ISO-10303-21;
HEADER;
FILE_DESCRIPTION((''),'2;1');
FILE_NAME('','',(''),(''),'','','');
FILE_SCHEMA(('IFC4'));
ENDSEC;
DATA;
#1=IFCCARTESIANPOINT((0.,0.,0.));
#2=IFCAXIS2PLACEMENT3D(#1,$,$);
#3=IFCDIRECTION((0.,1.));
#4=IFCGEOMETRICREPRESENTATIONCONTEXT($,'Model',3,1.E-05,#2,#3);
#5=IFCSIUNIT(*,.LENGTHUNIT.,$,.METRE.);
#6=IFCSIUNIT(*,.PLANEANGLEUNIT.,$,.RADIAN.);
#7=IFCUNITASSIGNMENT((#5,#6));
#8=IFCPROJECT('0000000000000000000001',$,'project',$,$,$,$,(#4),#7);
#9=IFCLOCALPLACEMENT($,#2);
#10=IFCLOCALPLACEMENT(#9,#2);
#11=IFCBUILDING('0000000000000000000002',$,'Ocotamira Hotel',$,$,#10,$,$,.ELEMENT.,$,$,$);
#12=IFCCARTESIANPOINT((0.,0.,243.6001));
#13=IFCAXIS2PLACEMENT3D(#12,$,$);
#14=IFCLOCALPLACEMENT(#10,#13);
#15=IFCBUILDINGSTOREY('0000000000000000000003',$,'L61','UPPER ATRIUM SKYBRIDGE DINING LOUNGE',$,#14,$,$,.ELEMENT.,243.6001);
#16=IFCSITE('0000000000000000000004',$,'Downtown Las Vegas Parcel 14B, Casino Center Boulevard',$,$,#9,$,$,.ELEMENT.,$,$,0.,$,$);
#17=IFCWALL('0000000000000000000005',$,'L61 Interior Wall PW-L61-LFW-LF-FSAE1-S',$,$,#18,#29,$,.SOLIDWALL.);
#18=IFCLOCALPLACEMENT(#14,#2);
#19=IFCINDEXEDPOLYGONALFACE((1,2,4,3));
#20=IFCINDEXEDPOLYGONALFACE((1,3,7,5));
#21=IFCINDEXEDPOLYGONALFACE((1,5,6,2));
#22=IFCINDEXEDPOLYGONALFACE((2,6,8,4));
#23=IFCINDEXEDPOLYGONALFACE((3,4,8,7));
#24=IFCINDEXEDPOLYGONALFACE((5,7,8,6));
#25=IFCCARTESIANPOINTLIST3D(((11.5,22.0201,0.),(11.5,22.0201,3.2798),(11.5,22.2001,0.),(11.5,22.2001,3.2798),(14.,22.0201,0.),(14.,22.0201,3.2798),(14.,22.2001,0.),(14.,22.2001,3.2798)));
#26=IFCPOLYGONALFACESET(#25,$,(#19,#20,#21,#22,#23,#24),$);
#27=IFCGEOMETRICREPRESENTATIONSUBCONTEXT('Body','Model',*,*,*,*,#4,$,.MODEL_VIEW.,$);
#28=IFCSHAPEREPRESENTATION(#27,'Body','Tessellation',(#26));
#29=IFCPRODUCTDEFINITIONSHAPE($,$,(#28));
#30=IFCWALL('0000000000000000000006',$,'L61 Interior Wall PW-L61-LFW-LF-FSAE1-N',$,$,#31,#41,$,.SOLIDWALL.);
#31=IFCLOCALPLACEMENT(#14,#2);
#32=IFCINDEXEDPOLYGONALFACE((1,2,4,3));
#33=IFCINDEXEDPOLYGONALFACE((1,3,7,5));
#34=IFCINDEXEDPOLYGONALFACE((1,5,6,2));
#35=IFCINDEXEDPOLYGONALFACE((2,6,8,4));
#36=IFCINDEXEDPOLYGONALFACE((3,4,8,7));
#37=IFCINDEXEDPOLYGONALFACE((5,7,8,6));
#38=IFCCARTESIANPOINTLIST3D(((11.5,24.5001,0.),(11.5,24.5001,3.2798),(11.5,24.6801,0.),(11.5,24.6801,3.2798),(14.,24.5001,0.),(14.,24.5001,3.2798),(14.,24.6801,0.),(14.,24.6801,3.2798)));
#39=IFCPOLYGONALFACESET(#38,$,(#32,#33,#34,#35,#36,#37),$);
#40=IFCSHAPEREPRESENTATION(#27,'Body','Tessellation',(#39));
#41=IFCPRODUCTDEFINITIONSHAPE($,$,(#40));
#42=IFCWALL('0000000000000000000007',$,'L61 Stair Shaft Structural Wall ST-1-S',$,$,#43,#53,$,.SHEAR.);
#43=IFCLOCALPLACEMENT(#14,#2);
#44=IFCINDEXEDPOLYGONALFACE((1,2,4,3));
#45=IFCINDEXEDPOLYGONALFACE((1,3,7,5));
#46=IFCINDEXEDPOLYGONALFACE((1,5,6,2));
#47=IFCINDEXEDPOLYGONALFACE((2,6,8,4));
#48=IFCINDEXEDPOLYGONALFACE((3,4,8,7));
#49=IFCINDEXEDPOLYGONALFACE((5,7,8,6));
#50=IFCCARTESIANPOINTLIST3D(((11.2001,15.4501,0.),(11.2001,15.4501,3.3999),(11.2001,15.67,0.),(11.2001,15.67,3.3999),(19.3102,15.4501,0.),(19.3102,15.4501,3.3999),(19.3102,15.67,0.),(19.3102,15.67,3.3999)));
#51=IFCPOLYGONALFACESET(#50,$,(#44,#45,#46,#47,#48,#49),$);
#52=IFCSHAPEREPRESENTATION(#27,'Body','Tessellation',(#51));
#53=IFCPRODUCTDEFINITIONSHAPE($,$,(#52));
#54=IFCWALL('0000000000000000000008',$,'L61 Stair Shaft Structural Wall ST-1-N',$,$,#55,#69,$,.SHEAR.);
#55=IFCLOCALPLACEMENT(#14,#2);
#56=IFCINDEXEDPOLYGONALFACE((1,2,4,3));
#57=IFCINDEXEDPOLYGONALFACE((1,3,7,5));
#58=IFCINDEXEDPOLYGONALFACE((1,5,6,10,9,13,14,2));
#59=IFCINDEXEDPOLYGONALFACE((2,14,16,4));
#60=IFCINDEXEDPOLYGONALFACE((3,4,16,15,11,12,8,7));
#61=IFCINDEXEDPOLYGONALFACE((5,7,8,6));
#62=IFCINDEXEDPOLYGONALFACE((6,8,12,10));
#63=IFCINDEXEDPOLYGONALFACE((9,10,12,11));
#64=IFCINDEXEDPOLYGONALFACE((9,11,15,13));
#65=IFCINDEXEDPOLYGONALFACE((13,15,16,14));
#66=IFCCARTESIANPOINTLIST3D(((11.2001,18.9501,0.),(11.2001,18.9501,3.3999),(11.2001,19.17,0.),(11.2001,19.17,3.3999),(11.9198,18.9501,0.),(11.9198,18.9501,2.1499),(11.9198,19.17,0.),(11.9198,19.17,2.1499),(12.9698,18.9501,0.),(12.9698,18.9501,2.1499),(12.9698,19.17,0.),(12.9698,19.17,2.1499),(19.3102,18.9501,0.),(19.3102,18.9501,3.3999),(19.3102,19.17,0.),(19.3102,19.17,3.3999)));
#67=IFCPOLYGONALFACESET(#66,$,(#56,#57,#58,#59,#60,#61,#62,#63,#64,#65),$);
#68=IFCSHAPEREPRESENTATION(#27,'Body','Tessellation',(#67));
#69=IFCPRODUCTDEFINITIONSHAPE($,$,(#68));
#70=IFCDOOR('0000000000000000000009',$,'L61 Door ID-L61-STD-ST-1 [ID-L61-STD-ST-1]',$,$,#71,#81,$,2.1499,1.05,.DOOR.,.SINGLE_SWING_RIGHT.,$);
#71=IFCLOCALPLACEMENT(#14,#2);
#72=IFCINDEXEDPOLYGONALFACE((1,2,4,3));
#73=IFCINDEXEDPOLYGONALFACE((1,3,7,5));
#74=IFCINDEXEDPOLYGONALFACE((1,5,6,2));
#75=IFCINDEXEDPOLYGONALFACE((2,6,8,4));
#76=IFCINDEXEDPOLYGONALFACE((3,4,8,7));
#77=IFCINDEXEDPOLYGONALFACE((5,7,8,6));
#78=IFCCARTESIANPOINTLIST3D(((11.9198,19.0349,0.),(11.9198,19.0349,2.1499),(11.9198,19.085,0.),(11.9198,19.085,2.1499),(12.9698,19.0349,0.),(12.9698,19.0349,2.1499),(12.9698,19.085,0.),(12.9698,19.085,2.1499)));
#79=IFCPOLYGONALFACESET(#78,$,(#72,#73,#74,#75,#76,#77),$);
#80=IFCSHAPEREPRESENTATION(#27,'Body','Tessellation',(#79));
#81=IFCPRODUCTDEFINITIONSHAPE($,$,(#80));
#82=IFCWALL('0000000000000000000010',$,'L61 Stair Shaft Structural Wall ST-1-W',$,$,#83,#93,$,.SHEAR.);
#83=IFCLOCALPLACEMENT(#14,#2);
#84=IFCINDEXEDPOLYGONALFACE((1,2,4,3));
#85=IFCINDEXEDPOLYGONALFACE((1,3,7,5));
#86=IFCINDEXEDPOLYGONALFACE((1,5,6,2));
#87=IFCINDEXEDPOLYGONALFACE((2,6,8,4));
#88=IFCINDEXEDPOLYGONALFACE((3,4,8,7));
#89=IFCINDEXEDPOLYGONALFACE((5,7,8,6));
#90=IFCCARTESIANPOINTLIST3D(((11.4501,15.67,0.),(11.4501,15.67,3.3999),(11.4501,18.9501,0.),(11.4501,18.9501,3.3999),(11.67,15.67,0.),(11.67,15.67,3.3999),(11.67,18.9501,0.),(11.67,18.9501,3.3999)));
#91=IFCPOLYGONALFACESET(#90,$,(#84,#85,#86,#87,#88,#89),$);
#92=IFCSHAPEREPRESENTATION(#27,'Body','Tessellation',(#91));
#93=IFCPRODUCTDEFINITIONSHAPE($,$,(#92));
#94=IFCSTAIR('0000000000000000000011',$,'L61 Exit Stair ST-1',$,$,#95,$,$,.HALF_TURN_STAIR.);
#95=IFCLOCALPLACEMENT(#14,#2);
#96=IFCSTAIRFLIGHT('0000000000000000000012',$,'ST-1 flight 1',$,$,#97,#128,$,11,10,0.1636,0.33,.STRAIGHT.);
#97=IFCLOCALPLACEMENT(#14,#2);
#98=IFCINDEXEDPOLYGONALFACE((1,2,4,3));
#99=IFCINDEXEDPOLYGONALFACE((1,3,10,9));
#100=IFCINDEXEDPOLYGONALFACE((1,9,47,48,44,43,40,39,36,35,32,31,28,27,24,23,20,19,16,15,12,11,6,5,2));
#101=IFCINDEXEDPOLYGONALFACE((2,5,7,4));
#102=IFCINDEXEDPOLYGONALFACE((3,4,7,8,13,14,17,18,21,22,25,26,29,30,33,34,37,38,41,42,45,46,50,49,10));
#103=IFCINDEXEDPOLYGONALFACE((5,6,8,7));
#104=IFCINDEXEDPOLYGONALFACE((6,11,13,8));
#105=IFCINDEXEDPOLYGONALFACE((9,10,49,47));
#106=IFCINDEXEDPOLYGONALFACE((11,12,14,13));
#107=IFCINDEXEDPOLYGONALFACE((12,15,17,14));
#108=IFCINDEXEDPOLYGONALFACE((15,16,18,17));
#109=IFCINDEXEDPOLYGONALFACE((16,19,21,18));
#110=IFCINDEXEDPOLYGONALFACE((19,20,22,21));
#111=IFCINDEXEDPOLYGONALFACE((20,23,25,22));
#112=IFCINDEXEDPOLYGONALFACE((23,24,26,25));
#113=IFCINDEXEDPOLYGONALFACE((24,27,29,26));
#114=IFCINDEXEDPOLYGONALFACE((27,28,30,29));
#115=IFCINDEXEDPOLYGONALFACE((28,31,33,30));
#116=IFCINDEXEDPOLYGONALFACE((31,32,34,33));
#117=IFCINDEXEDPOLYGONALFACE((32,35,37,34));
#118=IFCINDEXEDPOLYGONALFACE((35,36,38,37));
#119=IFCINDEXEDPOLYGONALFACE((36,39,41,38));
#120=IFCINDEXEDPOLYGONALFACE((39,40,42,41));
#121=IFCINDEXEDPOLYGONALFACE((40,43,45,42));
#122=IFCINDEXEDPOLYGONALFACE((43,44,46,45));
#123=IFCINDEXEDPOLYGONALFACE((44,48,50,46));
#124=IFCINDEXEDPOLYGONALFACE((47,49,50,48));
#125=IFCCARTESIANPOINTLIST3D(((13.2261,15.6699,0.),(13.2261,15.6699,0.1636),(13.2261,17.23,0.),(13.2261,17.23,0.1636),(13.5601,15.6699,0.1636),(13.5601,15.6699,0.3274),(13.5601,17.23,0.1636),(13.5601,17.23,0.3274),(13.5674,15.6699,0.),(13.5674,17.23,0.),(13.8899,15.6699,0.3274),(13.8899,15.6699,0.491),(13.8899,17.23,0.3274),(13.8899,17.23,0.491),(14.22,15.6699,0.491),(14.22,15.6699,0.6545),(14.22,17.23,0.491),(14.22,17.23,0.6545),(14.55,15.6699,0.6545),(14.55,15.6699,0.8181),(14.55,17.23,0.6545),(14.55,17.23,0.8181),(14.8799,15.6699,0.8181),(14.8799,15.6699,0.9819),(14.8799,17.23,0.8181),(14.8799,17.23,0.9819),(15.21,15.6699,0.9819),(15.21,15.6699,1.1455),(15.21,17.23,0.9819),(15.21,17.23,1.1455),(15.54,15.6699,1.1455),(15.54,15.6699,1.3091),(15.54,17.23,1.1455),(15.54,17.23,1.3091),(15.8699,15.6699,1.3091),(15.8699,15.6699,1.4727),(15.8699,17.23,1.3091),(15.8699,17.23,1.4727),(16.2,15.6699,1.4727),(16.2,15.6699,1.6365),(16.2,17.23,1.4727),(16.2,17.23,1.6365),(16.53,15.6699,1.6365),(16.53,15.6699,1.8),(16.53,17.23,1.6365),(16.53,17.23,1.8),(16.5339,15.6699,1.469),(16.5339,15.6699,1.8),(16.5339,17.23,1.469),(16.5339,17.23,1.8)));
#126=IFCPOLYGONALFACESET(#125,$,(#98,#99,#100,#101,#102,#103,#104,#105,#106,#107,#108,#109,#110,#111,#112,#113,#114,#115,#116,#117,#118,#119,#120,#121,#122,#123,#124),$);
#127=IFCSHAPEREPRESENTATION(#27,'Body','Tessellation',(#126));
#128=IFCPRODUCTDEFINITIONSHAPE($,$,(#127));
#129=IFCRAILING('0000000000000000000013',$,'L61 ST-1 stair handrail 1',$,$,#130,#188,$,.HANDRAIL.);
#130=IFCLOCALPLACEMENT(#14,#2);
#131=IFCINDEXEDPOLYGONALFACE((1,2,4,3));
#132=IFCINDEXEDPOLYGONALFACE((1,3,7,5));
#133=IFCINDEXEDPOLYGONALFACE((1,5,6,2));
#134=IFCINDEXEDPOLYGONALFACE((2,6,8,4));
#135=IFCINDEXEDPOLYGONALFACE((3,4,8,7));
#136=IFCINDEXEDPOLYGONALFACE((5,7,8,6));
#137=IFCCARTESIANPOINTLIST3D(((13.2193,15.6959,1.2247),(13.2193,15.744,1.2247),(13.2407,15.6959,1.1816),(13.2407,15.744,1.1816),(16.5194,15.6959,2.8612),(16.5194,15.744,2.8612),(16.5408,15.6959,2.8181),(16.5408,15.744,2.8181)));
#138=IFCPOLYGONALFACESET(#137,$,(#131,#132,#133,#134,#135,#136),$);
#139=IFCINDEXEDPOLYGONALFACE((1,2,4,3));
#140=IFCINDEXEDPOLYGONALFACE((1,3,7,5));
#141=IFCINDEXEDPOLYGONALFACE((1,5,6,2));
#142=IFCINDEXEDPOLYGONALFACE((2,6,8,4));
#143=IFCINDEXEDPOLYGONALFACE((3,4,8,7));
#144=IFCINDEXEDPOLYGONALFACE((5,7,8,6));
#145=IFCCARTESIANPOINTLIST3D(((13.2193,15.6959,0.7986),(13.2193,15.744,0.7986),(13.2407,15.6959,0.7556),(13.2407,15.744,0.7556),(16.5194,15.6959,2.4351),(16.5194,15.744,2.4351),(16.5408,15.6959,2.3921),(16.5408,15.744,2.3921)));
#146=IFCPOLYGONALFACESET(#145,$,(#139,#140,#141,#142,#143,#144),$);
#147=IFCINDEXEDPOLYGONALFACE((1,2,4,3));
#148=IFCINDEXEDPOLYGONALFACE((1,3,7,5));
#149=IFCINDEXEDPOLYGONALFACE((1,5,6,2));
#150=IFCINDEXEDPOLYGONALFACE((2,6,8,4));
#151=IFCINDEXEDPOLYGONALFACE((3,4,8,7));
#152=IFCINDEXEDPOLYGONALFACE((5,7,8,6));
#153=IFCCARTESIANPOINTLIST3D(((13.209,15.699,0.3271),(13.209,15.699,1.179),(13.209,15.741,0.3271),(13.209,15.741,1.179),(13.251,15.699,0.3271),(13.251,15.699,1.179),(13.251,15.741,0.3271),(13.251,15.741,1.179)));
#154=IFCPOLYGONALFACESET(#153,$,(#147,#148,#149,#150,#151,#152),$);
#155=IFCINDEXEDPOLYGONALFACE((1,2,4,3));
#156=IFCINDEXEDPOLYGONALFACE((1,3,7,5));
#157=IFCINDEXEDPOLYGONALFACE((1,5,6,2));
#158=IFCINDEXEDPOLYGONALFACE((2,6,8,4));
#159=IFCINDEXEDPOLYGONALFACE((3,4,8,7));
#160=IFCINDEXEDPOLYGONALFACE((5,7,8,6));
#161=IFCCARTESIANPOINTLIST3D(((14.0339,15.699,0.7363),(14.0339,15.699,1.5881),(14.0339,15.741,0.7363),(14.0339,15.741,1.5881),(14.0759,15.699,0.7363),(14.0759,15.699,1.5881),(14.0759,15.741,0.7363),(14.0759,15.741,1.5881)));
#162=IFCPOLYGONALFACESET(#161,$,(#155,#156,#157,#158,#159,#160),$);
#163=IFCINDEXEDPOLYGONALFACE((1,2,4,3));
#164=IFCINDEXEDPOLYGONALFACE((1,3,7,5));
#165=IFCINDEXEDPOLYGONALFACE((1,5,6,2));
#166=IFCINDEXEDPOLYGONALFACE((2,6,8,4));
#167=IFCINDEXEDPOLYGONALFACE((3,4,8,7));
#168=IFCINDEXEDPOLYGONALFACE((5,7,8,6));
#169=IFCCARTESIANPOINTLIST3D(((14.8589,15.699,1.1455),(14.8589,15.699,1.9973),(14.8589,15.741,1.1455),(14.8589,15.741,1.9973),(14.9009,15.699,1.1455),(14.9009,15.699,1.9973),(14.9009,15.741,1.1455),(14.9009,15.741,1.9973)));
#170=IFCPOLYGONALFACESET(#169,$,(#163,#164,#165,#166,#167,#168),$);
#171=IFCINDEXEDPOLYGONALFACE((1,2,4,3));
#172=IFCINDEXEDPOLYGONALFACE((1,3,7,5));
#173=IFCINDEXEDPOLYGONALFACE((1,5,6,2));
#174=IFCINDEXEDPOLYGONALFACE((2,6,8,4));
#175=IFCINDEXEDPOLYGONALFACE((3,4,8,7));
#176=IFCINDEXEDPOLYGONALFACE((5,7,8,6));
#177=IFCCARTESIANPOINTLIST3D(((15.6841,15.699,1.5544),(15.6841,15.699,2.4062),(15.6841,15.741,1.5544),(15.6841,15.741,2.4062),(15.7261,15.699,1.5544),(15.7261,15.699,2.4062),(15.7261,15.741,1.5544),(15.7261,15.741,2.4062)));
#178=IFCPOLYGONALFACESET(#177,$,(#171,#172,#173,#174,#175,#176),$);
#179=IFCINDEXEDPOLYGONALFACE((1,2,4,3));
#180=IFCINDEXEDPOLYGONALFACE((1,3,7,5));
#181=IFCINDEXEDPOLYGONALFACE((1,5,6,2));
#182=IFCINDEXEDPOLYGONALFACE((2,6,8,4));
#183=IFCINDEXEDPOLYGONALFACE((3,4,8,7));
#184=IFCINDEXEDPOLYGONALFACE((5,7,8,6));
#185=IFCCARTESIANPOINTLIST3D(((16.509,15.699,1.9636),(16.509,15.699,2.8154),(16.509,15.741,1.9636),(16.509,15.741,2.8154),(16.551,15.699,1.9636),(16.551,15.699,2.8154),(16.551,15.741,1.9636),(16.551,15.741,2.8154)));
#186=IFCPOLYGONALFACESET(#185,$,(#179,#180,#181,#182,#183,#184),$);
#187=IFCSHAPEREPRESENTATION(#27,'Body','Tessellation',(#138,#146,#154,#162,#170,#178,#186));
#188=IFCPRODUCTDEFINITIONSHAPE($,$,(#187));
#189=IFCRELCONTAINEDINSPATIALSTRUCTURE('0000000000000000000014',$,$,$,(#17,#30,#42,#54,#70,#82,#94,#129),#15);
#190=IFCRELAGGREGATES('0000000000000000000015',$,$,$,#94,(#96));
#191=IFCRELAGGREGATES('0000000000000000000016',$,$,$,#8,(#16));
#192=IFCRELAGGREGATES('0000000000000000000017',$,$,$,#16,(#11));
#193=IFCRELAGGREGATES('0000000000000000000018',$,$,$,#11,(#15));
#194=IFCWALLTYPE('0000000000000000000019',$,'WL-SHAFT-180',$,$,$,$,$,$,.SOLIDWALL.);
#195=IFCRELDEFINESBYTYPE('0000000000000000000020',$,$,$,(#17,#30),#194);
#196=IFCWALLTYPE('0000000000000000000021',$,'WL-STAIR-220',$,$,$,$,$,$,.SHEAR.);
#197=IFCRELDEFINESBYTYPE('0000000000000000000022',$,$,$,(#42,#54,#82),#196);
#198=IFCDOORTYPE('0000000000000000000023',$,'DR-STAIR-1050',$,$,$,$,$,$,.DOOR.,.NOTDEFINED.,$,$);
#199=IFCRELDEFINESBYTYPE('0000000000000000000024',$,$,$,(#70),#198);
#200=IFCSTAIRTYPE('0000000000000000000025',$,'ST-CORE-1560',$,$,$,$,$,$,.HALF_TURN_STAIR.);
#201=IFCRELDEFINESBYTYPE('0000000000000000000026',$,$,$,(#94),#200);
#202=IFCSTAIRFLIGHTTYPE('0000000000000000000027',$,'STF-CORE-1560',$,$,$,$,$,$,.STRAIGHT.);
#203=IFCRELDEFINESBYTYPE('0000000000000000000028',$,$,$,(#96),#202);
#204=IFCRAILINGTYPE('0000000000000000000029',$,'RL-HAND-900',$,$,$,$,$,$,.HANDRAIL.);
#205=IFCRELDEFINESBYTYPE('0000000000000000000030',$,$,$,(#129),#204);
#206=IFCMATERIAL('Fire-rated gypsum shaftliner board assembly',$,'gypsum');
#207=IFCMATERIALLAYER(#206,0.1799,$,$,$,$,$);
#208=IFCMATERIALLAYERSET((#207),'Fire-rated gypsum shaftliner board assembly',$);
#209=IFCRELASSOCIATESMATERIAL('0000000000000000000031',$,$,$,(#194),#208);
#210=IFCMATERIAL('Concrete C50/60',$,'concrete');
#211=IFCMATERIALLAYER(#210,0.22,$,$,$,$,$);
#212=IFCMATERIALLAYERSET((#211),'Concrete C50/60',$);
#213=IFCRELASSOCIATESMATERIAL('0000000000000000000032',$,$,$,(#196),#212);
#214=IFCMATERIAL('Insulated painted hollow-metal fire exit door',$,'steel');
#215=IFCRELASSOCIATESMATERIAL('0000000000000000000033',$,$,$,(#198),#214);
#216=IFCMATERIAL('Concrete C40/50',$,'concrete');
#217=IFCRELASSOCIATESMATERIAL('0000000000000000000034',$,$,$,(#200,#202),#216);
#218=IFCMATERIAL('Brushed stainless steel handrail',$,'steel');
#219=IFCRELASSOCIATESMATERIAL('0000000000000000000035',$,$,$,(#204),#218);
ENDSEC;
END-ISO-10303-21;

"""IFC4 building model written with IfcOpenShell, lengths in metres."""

from ifc_helpers import new_model, si_unit, direction, frame, frame_2d, origin, origin_2d, place, context, subcontext, project, spatial, polyline, rectangle, outline, extrude, source, transform, mapped, material, layer, layer_set, type_object, element, fill, aggregate, save


model = new_model("IFC4")

# Units and contexts
model_context = context("Model", 3, precision=1e-05, world=origin(), true_north=direction((0.0, 1.0)))
body_context = subcontext(model_context, "Body", "Model", "MODEL_VIEW")
ifc_project = project(units=[si_unit("LENGTHUNIT", "METRE"), si_unit("PLANEANGLEUNIT", "RADIAN")], contexts=[model_context])

# Site, building, storey
site_placement = place(None, origin())
site = spatial("IfcSite", under=ifc_project, at=site_placement, Name="Downtown Las Vegas Parcel 14B, Casino Center Boulevard", CompositionType="ELEMENT", RefElevation=0.0)
building_placement = place(site_placement, origin())
building = spatial("IfcBuilding", under=site, at=building_placement, Name="Ocotamira Hotel", CompositionType="ELEMENT")
storey_placement = place(building_placement, frame((0.0, 0.0, 243.6001)))
storey = spatial("IfcBuildingStorey", under=building, at=storey_placement, Name="L61", Description="UPPER ATRIUM SKYBRIDGE DINING LOUNGE", CompositionType="ELEMENT", Elevation=243.6001)

# Shared definitions
ifc_material_1 = material(Name="Concrete C50/60", Category="concrete")

# Walls
ifc_material_2 = material(Name="Fire-rated gypsum shaftliner board assembly", Category="gypsum")
ifc_layer_1 = layer(ifc_material_2, 0.1799)
ifc_layer_set_1 = layer_set([ifc_layer_1], Name="Fire-rated gypsum shaftliner board assembly")
wall_type_1 = type_object("IfcWallType", Name="WL-SHAFT-180", PredefinedType="SOLIDWALL", material=ifc_layer_set_1)
for number, where, z_axis, x_axis, name in (
    (1, (11.5, 22.1101, 0.0), (0.0, 0.0, 1.0), (1.0, 0.0, 0.0), "L61 Interior Wall PW-L61-LFW-LF-FSAE1-S"),
    (2, (11.5, 24.5901, 0.0), (0.0, 0.0, 1.0), (1.0, 0.0, 0.0), "L61 Interior Wall PW-L61-LFW-LF-FSAE1-N"),
):
    element("IfcWall", number, at=place(storey_placement, frame(where, z_axis=z_axis, x_axis=x_axis)), inside=storey, type_object=wall_type_1, Name=name, PredefinedType="SOLIDWALL", context=body_context, shape_type="SweptSolid", body=[
        extrude(rectangle(XDim=2.5, YDim=0.1799, at=frame_2d((1.25, 0.0))), origin(), (0.0, 0.0, 1.0), 3.2798),
    ])
ifc_layer_2 = layer(ifc_material_1, 0.22)
ifc_layer_set_2 = layer_set([ifc_layer_2], Name="Concrete C50/60")
wall_type_2 = type_object("IfcWallType", Name="WL-STAIR-220", PredefinedType="SHEAR", material=ifc_layer_set_2)
wall_1_placement = place(storey_placement, frame((11.2, 15.5601, 0.0), z_axis=(0.0, 0.0, 1.0), x_axis=(1.0, 0.0, 0.0)))
element("IfcWall", 3, at=wall_1_placement, inside=storey, type_object=wall_type_2, Name="L61 Stair Shaft Structural Wall ST-1-S", PredefinedType="SHEAR", context=body_context, shape_type="SweptSolid", body=[
    extrude(rectangle(XDim=8.1101, YDim=0.22, at=frame_2d((4.0552, 0.0))), origin(), (0.0, 0.0, 1.0), 3.3999),
])

# Wall, opening, door
wall_2_placement = place(storey_placement, frame((11.2, 19.0601, 0.0), z_axis=(0.0, 0.0, 1.0), x_axis=(1.0, 0.0, 0.0)))
wall_2 = element("IfcWall", 4, at=wall_2_placement, inside=storey, type_object=wall_type_2, Name="L61 Stair Shaft Structural Wall ST-1-N", PredefinedType="SHEAR", context=body_context, shape_type="SweptSolid", body=[
    extrude(rectangle(XDim=8.1101, YDim=0.22, at=frame_2d((4.0552, 0.0))), origin(), (0.0, 0.0, 1.0), 3.3999),
])
opening_1_placement = place(wall_2_placement, frame((0.72, 0.0, 0.0)))
opening_1 = element("IfcOpeningElement", 5, at=opening_1_placement, cuts=wall_2, PredefinedType="OPENING", context=body_context, shape_type="SweptSolid", body=[
    extrude(rectangle(XDim=1.05, YDim=2.1499, at=frame_2d((0.5249, 1.075))), frame((0.0, 0.1201, 0.0), z_axis=(0.0, -1.0, 0.0), x_axis=(1.0, 0.0, 0.0)), (0.0, 0.0, 1.0), 0.24),
])
ifc_material_3 = material(Name="Insulated painted hollow-metal fire exit door", Category="steel")
door_type_1 = type_object("IfcDoorType", Name="DR-STAIR-1050", OperationType="NOTDEFINED", PredefinedType="DOOR", material=ifc_material_3)
shared_shape_1 = source(origin(), body_context, "Body", "SweptSolid", [
    extrude(rectangle(XDim=1.05, YDim=2.1499, at=frame_2d((0.5249, 1.075))), frame((0.0, 0.0249, 0.0), z_axis=(0.0, -1.0, 0.0), x_axis=(1.0, 0.0, 0.0)), (0.0, 0.0, 1.0), 0.05),
])
door_1_placement = place(opening_1_placement, origin())
door_1 = element("IfcDoor", 6, at=door_1_placement, inside=storey, type_object=door_type_1, Name="L61 Door ID-L61-STD-ST-1 [ID-L61-STD-ST-1]", OperationType="SINGLE_SWING_RIGHT", OverallHeight=2.1499, OverallWidth=1.05, PredefinedType="DOOR", context=body_context, shape_type="MappedRepresentation", body=[
    mapped(shared_shape_1, transform((0.0, 0.0, 0.0), scale=1.0)),
])
fill(opening_1, door_1)

# Wall
wall_3_placement = place(storey_placement, frame((11.5601, 15.6699, 0.0), z_axis=(0.0, 0.0, 1.0), x_axis=(0.0, 1.0, 0.0)))
element("IfcWall", 7, at=wall_3_placement, inside=storey, type_object=wall_type_2, Name="L61 Stair Shaft Structural Wall ST-1-W", PredefinedType="SHEAR", context=body_context, shape_type="SweptSolid", body=[
    extrude(rectangle(XDim=3.28, YDim=0.22, at=frame_2d((1.6401, 0.0))), origin(), (0.0, 0.0, 1.0), 3.3999),
])

# Stair, stair flight
ifc_material_4 = material(Name="Concrete C40/50", Category="concrete")
stair_type = type_object("IfcStairType", Name="ST-CORE-1560", PredefinedType="HALF_TURN_STAIR", material=ifc_material_4)
stair_placement = place(storey_placement, origin())
stair = element("IfcStair", 8, at=stair_placement, inside=storey, type_object=stair_type, Name="L61 Exit Stair ST-1", PredefinedType="HALF_TURN_STAIR")
stair_flight_type = type_object("IfcStairFlightType", Name="STF-CORE-1560", PredefinedType="STRAIGHT", material=ifc_material_4)
shared_shape_2 = source(origin(), body_context, "Body", "SweptSolid", [
    extrude(outline(polyline([(-0.0039, 0.0), (-0.0039, 0.1636), (0.3301, 0.1636), (0.3301, 0.3274), (0.6599, 0.3274), (0.6599, 0.491), (0.99, 0.491), (0.99, 0.6545), (1.3201, 0.6545), (1.3201, 0.8181), (1.6499, 0.8181), (1.6499, 0.9819), (1.98, 0.9819), (1.98, 1.1455), (2.3101, 1.1455), (2.3101, 1.3091), (2.6399, 1.3091), (2.6399, 1.4727), (2.97, 1.4727), (2.97, 1.6365), (3.3, 1.6365), (3.3, 1.8), (3.304, 1.8), (3.304, 1.469), (0.3374, 0.0), (-0.0039, 0.0)])), frame((0.0, 0.78, 0.0), z_axis=(0.0, -1.0, 0.0), x_axis=(1.0, 0.0, 0.0)), (0.0, 0.0, 1.0), 1.5601),
])
stair_flight_placement = place(storey_placement, frame((13.23, 16.45, 0.0), z_axis=(0.0, 0.0, 1.0), x_axis=(1.0, 0.0, 0.0)))
stair_flight = element("IfcStairFlight", 9, at=stair_flight_placement, type_object=stair_flight_type, Name="ST-1 flight 1", NumberOfRisers=11, NumberOfTreads=10, PredefinedType="STRAIGHT", RiserHeight=0.1636, TreadLength=0.33, context=body_context, shape_type="MappedRepresentation", body=[
    mapped(shared_shape_2, transform((0.0, 0.0, 0.0), scale=1.0)),
])
aggregate(stair, [stair_flight])

# Railing
ifc_material_5 = material(Name="Brushed stainless steel handrail", Category="steel")
railing_type_1 = type_object("IfcRailingType", Name="RL-HAND-900", PredefinedType="HANDRAIL", material=ifc_material_5)
railing_1_placement = place(storey_placement, frame((13.23, 15.72, 0.3271)))
element("IfcRailing", 10, at=railing_1_placement, inside=storey, type_object=railing_type_1, Name="L61 ST-1 stair handrail 1", PredefinedType="HANDRAIL", context=body_context, shape_type="SweptSolid", body=[
    extrude(rectangle(XDim=0.0481, YDim=0.0481, at=origin_2d()), frame((0.0, 0.0, 0.876), z_axis=(0.895894, 0.0, 0.444268), x_axis=(0.0, 1.0, 0.0)), (0.0, 0.0, 1.0), 3.6836),
    extrude(rectangle(XDim=0.0481, YDim=0.0481, at=origin_2d()), frame((0.0, 0.0, 0.45), z_axis=(0.895894, 0.0, 0.444268), x_axis=(0.0, 1.0, 0.0)), (0.0, 0.0, 1.0), 3.6836),
    extrude(rectangle(XDim=0.042, YDim=0.042, at=origin_2d()), origin(), (0.0, 0.0, 1.0), 0.8518),
    extrude(rectangle(XDim=0.042, YDim=0.042, at=origin_2d()), frame((0.825, 0.0, 0.4092)), (0.0, 0.0, 1.0), 0.8518),
    extrude(rectangle(XDim=0.042, YDim=0.042, at=origin_2d()), frame((1.6499, 0.0, 0.8184)), (0.0, 0.0, 1.0), 0.8518),
    extrude(rectangle(XDim=0.042, YDim=0.042, at=origin_2d()), frame((2.4751, 0.0, 1.2273)), (0.0, 0.0, 1.0), 0.8518),
    extrude(rectangle(XDim=0.042, YDim=0.042, at=origin_2d()), frame((3.3, 0.0, 1.6365)), (0.0, 0.0, 1.0), 0.8518),
])

save(model, "model.ifc")
